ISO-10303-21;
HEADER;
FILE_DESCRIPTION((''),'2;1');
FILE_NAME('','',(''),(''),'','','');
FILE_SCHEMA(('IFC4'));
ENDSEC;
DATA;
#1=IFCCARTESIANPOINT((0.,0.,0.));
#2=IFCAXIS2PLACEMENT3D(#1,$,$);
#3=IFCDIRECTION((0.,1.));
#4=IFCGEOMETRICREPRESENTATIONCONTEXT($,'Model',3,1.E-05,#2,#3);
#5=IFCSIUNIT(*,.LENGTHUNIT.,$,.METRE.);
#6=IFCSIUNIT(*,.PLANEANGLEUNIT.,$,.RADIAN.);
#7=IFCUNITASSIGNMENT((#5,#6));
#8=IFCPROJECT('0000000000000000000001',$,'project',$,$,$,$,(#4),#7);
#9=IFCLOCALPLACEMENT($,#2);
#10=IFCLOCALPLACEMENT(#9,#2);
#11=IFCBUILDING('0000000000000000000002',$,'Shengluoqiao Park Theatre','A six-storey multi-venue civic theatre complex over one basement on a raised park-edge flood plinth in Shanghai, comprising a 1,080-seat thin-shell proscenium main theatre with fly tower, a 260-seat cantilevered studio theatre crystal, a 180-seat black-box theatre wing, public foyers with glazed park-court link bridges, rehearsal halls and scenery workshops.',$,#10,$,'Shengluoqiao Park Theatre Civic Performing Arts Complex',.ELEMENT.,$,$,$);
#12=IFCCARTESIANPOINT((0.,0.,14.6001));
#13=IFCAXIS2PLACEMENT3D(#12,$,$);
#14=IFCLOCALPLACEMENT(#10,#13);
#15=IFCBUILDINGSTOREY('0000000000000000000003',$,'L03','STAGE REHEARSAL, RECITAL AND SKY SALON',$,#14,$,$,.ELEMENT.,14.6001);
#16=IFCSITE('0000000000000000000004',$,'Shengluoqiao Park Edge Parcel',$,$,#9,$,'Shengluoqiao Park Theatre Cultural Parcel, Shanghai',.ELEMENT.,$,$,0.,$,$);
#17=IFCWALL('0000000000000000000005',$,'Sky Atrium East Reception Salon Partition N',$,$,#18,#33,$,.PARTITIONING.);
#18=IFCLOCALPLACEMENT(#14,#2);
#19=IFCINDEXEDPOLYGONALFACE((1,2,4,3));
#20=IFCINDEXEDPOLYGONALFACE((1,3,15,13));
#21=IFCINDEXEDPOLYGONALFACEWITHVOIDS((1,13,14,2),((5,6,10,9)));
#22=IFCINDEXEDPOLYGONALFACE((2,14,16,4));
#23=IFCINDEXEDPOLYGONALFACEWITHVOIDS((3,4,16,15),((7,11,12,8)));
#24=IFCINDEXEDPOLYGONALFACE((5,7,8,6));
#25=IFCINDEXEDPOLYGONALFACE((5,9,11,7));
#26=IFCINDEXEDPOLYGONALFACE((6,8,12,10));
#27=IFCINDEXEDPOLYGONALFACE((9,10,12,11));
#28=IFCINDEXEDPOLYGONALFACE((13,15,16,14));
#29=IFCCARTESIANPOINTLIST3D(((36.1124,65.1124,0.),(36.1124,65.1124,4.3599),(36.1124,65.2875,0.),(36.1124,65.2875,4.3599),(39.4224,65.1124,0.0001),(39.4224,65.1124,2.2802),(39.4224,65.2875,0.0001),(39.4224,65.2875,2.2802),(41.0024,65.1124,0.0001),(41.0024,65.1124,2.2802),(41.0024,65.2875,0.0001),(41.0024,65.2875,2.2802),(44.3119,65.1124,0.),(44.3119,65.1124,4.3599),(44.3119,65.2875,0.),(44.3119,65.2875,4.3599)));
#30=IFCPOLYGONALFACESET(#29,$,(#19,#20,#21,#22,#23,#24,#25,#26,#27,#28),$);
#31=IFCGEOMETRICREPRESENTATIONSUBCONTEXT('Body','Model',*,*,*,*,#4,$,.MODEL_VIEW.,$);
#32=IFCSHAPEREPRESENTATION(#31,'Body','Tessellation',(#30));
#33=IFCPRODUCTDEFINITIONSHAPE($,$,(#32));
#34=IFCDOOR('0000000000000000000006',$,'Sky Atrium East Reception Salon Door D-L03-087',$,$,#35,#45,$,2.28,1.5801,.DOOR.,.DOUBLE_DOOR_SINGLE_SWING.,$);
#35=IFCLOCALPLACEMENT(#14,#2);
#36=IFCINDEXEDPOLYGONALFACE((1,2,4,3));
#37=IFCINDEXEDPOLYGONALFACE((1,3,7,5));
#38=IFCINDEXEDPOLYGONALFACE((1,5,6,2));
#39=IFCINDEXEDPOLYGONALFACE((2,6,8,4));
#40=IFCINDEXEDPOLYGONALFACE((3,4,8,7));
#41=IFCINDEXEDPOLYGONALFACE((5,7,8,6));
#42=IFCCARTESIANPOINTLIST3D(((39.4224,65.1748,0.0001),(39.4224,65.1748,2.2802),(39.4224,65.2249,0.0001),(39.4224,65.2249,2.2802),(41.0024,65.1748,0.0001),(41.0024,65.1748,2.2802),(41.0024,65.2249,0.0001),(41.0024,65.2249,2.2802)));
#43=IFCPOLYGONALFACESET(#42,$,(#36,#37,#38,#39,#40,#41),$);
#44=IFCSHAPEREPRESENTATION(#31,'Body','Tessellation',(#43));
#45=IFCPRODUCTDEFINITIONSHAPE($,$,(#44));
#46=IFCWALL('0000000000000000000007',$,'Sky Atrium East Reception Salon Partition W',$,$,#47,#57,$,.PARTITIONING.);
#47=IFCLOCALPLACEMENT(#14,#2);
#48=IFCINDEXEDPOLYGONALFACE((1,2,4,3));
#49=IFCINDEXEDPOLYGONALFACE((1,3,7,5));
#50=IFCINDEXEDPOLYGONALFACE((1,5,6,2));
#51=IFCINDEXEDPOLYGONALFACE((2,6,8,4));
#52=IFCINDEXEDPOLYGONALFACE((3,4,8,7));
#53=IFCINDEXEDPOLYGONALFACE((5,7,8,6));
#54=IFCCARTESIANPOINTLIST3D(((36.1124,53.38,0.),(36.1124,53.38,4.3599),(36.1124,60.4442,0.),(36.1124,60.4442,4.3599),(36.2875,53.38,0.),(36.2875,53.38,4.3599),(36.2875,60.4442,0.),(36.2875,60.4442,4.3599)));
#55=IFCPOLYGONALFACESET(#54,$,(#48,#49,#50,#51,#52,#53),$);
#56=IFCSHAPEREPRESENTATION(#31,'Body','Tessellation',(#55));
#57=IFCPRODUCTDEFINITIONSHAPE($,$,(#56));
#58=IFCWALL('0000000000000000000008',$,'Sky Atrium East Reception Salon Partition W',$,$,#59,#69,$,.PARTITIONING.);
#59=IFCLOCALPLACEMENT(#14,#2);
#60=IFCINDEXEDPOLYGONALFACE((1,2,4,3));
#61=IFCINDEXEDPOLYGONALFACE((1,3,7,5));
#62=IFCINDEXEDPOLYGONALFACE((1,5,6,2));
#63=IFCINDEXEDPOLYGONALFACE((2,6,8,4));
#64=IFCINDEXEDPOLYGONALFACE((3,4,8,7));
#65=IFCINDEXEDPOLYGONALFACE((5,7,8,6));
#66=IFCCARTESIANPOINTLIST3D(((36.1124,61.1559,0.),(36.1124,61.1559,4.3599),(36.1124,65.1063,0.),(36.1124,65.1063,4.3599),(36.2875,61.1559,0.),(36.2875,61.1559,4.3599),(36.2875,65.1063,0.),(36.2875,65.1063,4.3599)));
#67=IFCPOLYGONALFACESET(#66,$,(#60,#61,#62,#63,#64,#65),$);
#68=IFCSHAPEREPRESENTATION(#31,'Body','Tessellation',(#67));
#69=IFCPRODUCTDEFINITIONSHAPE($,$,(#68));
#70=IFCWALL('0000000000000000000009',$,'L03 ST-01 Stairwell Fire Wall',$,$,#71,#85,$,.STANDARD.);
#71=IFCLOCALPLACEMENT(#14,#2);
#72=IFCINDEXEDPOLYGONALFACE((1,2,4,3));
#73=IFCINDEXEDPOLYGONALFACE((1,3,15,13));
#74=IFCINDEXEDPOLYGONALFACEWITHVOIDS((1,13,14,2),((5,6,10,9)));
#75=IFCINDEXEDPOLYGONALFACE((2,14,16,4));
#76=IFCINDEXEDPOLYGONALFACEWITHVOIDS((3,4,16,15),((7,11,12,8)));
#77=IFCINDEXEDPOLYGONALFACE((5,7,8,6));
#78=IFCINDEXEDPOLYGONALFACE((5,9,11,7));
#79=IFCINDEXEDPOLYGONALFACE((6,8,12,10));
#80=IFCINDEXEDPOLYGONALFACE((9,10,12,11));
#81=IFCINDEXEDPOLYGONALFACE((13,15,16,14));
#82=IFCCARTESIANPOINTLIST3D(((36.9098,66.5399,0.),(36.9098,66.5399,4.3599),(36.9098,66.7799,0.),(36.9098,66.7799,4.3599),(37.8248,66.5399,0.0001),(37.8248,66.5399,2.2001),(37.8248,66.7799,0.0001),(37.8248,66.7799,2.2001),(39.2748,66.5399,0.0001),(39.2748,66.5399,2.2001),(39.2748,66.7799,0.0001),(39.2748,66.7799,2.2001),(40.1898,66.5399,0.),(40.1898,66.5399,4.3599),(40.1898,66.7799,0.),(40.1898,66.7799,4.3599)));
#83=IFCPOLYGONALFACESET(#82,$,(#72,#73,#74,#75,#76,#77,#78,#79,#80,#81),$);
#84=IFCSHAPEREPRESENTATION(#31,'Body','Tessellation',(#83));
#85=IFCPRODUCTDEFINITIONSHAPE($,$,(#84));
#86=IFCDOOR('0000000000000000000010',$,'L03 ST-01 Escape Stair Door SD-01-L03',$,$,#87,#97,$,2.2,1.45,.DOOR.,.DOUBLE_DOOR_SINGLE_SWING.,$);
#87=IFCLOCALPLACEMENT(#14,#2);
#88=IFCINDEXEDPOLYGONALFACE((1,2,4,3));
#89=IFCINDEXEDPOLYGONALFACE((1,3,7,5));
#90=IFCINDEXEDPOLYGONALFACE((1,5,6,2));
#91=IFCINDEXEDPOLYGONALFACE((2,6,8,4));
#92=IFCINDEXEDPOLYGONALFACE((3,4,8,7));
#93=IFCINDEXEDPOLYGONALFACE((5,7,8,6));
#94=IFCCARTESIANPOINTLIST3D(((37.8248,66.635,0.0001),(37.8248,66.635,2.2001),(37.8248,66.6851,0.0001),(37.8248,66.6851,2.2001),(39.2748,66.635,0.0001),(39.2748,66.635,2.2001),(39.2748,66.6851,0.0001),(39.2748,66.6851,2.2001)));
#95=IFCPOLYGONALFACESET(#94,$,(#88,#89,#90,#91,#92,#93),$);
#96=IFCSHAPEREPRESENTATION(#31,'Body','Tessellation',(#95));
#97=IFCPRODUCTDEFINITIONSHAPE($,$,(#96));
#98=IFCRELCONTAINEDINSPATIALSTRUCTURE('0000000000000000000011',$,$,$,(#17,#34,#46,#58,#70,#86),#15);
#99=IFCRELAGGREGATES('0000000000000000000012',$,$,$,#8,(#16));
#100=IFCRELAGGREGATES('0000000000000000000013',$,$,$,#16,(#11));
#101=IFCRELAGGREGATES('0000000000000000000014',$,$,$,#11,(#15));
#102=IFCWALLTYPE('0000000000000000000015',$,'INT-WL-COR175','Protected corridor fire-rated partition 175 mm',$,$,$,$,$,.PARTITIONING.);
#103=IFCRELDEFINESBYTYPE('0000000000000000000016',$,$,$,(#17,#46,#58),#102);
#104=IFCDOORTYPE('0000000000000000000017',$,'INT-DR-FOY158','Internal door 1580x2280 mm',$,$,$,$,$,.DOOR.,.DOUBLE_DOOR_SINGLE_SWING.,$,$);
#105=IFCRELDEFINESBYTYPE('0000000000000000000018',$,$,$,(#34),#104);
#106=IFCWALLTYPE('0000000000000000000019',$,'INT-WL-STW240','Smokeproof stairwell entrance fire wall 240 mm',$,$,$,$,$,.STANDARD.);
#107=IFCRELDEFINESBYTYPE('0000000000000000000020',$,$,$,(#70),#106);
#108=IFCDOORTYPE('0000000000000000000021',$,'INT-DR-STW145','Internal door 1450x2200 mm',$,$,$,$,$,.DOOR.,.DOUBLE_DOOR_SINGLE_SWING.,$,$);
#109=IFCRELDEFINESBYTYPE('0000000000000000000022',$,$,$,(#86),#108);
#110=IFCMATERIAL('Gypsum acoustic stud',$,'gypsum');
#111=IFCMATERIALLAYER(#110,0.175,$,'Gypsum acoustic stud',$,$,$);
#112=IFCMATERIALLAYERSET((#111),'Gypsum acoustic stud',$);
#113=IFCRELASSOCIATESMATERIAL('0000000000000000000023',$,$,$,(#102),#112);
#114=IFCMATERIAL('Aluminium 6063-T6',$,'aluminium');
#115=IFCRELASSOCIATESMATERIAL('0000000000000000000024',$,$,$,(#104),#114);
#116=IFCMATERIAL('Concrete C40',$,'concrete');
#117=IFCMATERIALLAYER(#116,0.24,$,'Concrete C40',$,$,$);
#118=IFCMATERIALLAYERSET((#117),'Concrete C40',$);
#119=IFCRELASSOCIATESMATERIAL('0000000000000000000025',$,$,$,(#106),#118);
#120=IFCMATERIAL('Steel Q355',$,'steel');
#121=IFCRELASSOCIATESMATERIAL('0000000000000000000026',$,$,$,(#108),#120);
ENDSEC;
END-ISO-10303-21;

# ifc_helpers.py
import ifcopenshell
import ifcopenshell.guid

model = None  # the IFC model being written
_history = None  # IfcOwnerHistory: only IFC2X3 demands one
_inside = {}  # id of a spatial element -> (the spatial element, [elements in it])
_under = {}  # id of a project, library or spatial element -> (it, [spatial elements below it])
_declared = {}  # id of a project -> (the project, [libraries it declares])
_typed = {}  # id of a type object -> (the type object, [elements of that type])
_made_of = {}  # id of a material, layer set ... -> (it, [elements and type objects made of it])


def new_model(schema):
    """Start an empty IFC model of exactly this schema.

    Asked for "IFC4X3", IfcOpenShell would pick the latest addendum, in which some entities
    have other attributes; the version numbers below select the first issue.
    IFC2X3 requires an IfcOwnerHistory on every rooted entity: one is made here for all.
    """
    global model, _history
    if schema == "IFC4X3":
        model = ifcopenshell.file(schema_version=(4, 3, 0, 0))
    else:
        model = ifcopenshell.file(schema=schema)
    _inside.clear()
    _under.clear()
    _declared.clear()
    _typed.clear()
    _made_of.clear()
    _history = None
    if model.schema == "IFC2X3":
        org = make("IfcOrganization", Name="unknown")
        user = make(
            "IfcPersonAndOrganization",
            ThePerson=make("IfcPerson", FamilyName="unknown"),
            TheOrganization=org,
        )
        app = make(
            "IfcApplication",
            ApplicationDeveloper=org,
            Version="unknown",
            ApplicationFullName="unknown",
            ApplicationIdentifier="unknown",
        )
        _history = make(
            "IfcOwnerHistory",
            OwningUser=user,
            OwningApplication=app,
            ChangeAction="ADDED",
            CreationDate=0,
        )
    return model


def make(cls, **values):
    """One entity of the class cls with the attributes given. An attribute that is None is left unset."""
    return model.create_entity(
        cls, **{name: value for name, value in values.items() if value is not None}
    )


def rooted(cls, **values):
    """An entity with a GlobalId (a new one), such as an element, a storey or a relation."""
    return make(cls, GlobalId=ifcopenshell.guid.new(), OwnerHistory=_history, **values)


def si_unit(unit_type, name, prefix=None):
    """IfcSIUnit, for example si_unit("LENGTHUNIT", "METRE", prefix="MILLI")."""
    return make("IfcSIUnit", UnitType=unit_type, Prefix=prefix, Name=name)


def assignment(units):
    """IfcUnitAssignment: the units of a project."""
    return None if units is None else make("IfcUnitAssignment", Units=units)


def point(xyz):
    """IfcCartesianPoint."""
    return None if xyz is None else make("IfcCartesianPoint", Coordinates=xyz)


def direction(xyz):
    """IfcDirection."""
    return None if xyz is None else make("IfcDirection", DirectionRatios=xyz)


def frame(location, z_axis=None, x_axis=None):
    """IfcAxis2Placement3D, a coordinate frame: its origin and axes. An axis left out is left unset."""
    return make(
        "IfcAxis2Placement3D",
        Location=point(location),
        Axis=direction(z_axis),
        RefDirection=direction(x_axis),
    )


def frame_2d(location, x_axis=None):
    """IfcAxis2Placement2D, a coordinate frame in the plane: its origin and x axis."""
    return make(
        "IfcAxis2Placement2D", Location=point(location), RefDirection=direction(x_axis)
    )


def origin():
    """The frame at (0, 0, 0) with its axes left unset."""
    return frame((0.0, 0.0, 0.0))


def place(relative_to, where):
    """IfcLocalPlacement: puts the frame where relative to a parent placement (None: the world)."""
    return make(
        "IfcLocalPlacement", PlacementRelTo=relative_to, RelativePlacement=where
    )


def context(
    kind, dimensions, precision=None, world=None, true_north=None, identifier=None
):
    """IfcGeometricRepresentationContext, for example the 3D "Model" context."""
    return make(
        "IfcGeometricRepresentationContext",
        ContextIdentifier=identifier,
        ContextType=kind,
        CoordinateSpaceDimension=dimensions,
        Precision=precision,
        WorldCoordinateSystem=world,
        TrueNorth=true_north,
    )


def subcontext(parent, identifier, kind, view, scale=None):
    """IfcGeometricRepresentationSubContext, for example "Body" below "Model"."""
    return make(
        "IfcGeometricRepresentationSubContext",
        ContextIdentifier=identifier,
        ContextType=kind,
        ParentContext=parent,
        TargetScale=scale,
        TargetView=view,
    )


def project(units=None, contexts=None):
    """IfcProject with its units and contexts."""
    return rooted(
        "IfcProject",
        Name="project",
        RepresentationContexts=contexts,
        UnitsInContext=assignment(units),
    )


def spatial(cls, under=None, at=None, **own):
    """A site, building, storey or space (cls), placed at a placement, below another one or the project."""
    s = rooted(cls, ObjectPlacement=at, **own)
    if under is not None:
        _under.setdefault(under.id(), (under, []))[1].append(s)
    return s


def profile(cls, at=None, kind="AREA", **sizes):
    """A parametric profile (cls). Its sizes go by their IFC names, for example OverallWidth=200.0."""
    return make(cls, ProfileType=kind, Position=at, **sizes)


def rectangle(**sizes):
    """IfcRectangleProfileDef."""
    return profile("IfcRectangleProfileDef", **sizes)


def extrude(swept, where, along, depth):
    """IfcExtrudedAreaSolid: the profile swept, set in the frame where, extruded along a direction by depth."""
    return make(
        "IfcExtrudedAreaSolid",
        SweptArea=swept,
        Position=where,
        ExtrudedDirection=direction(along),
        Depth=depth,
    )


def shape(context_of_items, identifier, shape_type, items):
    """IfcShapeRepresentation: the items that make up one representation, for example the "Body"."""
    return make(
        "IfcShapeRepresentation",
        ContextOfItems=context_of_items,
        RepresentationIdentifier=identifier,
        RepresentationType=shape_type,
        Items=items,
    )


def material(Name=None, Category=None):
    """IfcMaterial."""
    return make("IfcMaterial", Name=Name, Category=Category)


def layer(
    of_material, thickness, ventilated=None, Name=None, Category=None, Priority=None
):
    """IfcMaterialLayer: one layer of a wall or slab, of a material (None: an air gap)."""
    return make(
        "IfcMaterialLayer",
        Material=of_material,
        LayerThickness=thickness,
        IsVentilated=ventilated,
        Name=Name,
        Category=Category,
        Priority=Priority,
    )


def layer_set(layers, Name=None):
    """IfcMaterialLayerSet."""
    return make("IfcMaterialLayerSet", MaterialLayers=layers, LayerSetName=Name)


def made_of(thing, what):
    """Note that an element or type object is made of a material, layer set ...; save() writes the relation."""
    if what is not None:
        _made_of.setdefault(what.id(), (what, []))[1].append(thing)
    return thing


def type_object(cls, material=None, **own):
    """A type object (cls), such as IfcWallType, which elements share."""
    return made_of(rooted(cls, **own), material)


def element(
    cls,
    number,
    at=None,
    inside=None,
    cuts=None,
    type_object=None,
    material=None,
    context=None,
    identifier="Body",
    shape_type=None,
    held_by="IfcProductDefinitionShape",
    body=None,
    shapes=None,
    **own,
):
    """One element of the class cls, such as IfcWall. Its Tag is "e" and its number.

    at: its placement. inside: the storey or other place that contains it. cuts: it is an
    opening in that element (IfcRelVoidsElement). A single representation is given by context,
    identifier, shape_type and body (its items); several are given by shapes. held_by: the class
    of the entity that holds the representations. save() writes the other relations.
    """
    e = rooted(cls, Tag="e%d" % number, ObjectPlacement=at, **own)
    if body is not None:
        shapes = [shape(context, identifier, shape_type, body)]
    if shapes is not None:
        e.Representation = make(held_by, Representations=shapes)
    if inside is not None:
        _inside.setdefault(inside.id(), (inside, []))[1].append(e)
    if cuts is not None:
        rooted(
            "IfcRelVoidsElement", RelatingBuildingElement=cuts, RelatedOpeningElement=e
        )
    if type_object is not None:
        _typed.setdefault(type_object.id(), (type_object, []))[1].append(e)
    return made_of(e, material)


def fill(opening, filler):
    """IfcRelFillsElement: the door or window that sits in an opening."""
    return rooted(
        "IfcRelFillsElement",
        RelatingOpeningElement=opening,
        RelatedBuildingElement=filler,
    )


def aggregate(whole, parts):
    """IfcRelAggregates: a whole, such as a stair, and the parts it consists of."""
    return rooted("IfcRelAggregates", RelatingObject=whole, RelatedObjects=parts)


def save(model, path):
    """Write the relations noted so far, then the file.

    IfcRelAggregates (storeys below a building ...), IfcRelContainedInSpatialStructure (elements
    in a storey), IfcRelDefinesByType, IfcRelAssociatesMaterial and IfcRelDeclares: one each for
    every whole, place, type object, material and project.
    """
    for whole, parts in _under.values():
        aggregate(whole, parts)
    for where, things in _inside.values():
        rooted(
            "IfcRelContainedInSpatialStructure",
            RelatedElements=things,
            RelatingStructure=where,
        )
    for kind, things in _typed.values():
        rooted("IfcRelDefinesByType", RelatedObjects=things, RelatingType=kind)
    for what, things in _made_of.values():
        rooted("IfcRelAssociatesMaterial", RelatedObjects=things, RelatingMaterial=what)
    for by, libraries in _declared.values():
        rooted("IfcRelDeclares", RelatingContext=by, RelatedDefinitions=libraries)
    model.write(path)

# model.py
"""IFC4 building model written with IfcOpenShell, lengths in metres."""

from ifc_helpers import new_model, si_unit, direction, frame, frame_2d, origin, place, context, subcontext, project, spatial, rectangle, extrude, material, layer, layer_set, type_object, element, fill, save


model = new_model("IFC4")

# Units and contexts
model_context = context("Model", 3, precision=1e-05, world=origin(), true_north=direction((0.0, 1.0)))
body_context = subcontext(model_context, "Body", "Model", "MODEL_VIEW")
ifc_project = project(units=[si_unit("LENGTHUNIT", "METRE"), si_unit("PLANEANGLEUNIT", "RADIAN")], contexts=[model_context])

# Site, building, storey
site_placement = place(None, origin())
site = spatial("IfcSite", under=ifc_project, at=site_placement, Name="Shengluoqiao Park Edge Parcel", LongName="Shengluoqiao Park Theatre Cultural Parcel, Shanghai", CompositionType="ELEMENT", RefElevation=0.0)
building_placement = place(site_placement, origin())
building = spatial("IfcBuilding", under=site, at=building_placement, Name="Shengluoqiao Park Theatre", Description="A six-storey multi-venue civic theatre complex over one basement on a raised park-edge flood plinth in Shanghai, comprising a 1,080-seat thin-shell proscenium main theatre with fly tower, a 260-seat cantilevered studio theatre crystal, a 180-seat black-box theatre wing, public foyers with glazed park-court link bridges, rehearsal halls and scenery workshops.", LongName="Shengluoqiao Park Theatre Civic Performing Arts Complex", CompositionType="ELEMENT")
storey_placement = place(building_placement, frame((0.0, 0.0, 14.6001)))
storey = spatial("IfcBuildingStorey", under=building, at=storey_placement, Name="L03", Description="STAGE REHEARSAL, RECITAL AND SKY SALON", CompositionType="ELEMENT", Elevation=14.6001)

# Shared definitions
ifc_material_1 = material(Name="Steel Q355", Category="steel")

# Wall, opening, door
ifc_material_2 = material(Name="Gypsum acoustic stud", Category="gypsum")
ifc_layer_1 = layer(ifc_material_2, 0.175, Name="Gypsum acoustic stud")
ifc_layer_set_1 = layer_set([ifc_layer_1], Name="Gypsum acoustic stud")
wall_type_1 = type_object("IfcWallType", Name="INT-WL-COR175", Description="Protected corridor fire-rated partition 175 mm", PredefinedType="PARTITIONING", material=ifc_layer_set_1)
wall_1_placement = place(storey_placement, frame((36.1125, 65.2, 0.0), z_axis=(0.0, 0.0, 1.0), x_axis=(1.0, 0.0, 0.0)))
wall_1 = element("IfcWall", 1, at=wall_1_placement, inside=storey, type_object=wall_type_1, Name="Sky Atrium East Reception Salon Partition N", PredefinedType="PARTITIONING", context=body_context, shape_type="SweptSolid", body=[
    extrude(rectangle(XDim=8.1995, YDim=0.175, at=frame_2d((4.0996, 0.0))), origin(), (0.0, 0.0, 1.0), 4.3599),
])
opening_1_placement = place(wall_1_placement, frame((3.3098, 0.0, 0.0)))
opening_1 = element("IfcOpeningElement", 2, at=opening_1_placement, cuts=wall_1, PredefinedType="OPENING", context=body_context, shape_type="SweptSolid", body=[
    extrude(rectangle(XDim=1.5801, YDim=2.28, at=frame_2d((0.79, 1.1401))), frame((0.0, 0.0974, 0.0), z_axis=(0.0, -1.0, 0.0), x_axis=(1.0, 0.0, 0.0)), (0.0, 0.0, 1.0), 0.1951),
])
ifc_material_3 = material(Name="Aluminium 6063-T6", Category="aluminium")
door_type_1 = type_object("IfcDoorType", Name="INT-DR-FOY158", Description="Internal door 1580x2280 mm", OperationType="DOUBLE_DOOR_SINGLE_SWING", PredefinedType="DOOR", material=ifc_material_3)
door_1_placement = place(opening_1_placement, origin())
door_1 = element("IfcDoor", 3, at=door_1_placement, inside=storey, type_object=door_type_1, Name="Sky Atrium East Reception Salon Door D-L03-087", OperationType="DOUBLE_DOOR_SINGLE_SWING", OverallHeight=2.28, OverallWidth=1.5801, PredefinedType="DOOR", context=body_context, shape_type="SweptSolid", body=[
    extrude(rectangle(XDim=1.5801, YDim=2.28, at=frame_2d((0.79, 1.1401))), frame((0.0, 0.0249, 0.0), z_axis=(0.0, -1.0, 0.0), x_axis=(1.0, 0.0, 0.0)), (0.0, 0.0, 1.0), 0.05),
])
fill(opening_1, door_1)

# Walls
wall_2_placement = place(storey_placement, frame((36.2, 53.3799, 0.0), z_axis=(0.0, 0.0, 1.0), x_axis=(0.0, 1.0, 0.0)))
element("IfcWall", 4, at=wall_2_placement, inside=storey, type_object=wall_type_1, Name="Sky Atrium East Reception Salon Partition W", PredefinedType="PARTITIONING", context=body_context, shape_type="SweptSolid", body=[
    extrude(rectangle(XDim=7.0642, YDim=0.175, at=frame_2d((3.5322, 0.0))), origin(), (0.0, 0.0, 1.0), 4.3599),
])
wall_3_placement = place(storey_placement, frame((36.2, 61.156, 0.0), z_axis=(0.0, 0.0, 1.0), x_axis=(0.0, 1.0, 0.0)))
element("IfcWall", 5, at=wall_3_placement, inside=storey, type_object=wall_type_1, Name="Sky Atrium East Reception Salon Partition W", PredefinedType="PARTITIONING", context=body_context, shape_type="SweptSolid", body=[
    extrude(rectangle(XDim=3.9504, YDim=0.175, at=frame_2d((1.9751, 0.0))), origin(), (0.0, 0.0, 1.0), 4.3599),
])

# Wall, opening, door
ifc_material_4 = material(Name="Concrete C40", Category="concrete")
ifc_layer_2 = layer(ifc_material_4, 0.24, Name="Concrete C40")
ifc_layer_set_2 = layer_set([ifc_layer_2], Name="Concrete C40")
wall_type_2 = type_object("IfcWallType", Name="INT-WL-STW240", Description="Smokeproof stairwell entrance fire wall 240 mm", PredefinedType="STANDARD", material=ifc_layer_set_2)
wall_4_placement = place(storey_placement, frame((40.1899, 66.6599, 0.0), z_axis=(0.0, 0.0, 1.0), x_axis=(-1.0, 0.0, 0.0)))
wall_4 = element("IfcWall", 6, at=wall_4_placement, inside=storey, type_object=wall_type_2, Name="L03 ST-01 Stairwell Fire Wall", PredefinedType="STANDARD", context=body_context, shape_type="SweptSolid", body=[
    extrude(rectangle(XDim=3.28, YDim=0.24, at=frame_2d((1.6401, 0.0))), origin(), (0.0, 0.0, 1.0), 4.3599),
])
opening_2_placement = place(wall_4_placement, frame((0.915, 0.0, 0.0)))
opening_2 = element("IfcOpeningElement", 7, at=opening_2_placement, cuts=wall_4, PredefinedType="OPENING", context=body_context, shape_type="SweptSolid", body=[
    extrude(rectangle(XDim=1.45, YDim=2.2, at=frame_2d((0.7251, 1.1001))), frame((0.0, 0.1299, 0.0), z_axis=(0.0, -1.0, 0.0), x_axis=(1.0, 0.0, 0.0)), (0.0, 0.0, 1.0), 0.26),
])
door_type_2 = type_object("IfcDoorType", Name="INT-DR-STW145", Description="Internal door 1450x2200 mm", OperationType="DOUBLE_DOOR_SINGLE_SWING", PredefinedType="DOOR", material=ifc_material_1)
door_2_placement = place(opening_2_placement, origin())
door_2 = element("IfcDoor", 8, at=door_2_placement, inside=storey, type_object=door_type_2, Name="L03 ST-01 Escape Stair Door SD-01-L03", OperationType="DOUBLE_DOOR_SINGLE_SWING", OverallHeight=2.2, OverallWidth=1.45, PredefinedType="DOOR", context=body_context, shape_type="SweptSolid", body=[
    extrude(rectangle(XDim=1.45, YDim=2.2, at=frame_2d((0.7251, 1.1001))), frame((0.0, 0.0249, 0.0), z_axis=(0.0, -1.0, 0.0), x_axis=(1.0, 0.0, 0.0)), (0.0, 0.0, 1.0), 0.05),
])
fill(opening_2, door_2)

save(model, "model.ifc")
